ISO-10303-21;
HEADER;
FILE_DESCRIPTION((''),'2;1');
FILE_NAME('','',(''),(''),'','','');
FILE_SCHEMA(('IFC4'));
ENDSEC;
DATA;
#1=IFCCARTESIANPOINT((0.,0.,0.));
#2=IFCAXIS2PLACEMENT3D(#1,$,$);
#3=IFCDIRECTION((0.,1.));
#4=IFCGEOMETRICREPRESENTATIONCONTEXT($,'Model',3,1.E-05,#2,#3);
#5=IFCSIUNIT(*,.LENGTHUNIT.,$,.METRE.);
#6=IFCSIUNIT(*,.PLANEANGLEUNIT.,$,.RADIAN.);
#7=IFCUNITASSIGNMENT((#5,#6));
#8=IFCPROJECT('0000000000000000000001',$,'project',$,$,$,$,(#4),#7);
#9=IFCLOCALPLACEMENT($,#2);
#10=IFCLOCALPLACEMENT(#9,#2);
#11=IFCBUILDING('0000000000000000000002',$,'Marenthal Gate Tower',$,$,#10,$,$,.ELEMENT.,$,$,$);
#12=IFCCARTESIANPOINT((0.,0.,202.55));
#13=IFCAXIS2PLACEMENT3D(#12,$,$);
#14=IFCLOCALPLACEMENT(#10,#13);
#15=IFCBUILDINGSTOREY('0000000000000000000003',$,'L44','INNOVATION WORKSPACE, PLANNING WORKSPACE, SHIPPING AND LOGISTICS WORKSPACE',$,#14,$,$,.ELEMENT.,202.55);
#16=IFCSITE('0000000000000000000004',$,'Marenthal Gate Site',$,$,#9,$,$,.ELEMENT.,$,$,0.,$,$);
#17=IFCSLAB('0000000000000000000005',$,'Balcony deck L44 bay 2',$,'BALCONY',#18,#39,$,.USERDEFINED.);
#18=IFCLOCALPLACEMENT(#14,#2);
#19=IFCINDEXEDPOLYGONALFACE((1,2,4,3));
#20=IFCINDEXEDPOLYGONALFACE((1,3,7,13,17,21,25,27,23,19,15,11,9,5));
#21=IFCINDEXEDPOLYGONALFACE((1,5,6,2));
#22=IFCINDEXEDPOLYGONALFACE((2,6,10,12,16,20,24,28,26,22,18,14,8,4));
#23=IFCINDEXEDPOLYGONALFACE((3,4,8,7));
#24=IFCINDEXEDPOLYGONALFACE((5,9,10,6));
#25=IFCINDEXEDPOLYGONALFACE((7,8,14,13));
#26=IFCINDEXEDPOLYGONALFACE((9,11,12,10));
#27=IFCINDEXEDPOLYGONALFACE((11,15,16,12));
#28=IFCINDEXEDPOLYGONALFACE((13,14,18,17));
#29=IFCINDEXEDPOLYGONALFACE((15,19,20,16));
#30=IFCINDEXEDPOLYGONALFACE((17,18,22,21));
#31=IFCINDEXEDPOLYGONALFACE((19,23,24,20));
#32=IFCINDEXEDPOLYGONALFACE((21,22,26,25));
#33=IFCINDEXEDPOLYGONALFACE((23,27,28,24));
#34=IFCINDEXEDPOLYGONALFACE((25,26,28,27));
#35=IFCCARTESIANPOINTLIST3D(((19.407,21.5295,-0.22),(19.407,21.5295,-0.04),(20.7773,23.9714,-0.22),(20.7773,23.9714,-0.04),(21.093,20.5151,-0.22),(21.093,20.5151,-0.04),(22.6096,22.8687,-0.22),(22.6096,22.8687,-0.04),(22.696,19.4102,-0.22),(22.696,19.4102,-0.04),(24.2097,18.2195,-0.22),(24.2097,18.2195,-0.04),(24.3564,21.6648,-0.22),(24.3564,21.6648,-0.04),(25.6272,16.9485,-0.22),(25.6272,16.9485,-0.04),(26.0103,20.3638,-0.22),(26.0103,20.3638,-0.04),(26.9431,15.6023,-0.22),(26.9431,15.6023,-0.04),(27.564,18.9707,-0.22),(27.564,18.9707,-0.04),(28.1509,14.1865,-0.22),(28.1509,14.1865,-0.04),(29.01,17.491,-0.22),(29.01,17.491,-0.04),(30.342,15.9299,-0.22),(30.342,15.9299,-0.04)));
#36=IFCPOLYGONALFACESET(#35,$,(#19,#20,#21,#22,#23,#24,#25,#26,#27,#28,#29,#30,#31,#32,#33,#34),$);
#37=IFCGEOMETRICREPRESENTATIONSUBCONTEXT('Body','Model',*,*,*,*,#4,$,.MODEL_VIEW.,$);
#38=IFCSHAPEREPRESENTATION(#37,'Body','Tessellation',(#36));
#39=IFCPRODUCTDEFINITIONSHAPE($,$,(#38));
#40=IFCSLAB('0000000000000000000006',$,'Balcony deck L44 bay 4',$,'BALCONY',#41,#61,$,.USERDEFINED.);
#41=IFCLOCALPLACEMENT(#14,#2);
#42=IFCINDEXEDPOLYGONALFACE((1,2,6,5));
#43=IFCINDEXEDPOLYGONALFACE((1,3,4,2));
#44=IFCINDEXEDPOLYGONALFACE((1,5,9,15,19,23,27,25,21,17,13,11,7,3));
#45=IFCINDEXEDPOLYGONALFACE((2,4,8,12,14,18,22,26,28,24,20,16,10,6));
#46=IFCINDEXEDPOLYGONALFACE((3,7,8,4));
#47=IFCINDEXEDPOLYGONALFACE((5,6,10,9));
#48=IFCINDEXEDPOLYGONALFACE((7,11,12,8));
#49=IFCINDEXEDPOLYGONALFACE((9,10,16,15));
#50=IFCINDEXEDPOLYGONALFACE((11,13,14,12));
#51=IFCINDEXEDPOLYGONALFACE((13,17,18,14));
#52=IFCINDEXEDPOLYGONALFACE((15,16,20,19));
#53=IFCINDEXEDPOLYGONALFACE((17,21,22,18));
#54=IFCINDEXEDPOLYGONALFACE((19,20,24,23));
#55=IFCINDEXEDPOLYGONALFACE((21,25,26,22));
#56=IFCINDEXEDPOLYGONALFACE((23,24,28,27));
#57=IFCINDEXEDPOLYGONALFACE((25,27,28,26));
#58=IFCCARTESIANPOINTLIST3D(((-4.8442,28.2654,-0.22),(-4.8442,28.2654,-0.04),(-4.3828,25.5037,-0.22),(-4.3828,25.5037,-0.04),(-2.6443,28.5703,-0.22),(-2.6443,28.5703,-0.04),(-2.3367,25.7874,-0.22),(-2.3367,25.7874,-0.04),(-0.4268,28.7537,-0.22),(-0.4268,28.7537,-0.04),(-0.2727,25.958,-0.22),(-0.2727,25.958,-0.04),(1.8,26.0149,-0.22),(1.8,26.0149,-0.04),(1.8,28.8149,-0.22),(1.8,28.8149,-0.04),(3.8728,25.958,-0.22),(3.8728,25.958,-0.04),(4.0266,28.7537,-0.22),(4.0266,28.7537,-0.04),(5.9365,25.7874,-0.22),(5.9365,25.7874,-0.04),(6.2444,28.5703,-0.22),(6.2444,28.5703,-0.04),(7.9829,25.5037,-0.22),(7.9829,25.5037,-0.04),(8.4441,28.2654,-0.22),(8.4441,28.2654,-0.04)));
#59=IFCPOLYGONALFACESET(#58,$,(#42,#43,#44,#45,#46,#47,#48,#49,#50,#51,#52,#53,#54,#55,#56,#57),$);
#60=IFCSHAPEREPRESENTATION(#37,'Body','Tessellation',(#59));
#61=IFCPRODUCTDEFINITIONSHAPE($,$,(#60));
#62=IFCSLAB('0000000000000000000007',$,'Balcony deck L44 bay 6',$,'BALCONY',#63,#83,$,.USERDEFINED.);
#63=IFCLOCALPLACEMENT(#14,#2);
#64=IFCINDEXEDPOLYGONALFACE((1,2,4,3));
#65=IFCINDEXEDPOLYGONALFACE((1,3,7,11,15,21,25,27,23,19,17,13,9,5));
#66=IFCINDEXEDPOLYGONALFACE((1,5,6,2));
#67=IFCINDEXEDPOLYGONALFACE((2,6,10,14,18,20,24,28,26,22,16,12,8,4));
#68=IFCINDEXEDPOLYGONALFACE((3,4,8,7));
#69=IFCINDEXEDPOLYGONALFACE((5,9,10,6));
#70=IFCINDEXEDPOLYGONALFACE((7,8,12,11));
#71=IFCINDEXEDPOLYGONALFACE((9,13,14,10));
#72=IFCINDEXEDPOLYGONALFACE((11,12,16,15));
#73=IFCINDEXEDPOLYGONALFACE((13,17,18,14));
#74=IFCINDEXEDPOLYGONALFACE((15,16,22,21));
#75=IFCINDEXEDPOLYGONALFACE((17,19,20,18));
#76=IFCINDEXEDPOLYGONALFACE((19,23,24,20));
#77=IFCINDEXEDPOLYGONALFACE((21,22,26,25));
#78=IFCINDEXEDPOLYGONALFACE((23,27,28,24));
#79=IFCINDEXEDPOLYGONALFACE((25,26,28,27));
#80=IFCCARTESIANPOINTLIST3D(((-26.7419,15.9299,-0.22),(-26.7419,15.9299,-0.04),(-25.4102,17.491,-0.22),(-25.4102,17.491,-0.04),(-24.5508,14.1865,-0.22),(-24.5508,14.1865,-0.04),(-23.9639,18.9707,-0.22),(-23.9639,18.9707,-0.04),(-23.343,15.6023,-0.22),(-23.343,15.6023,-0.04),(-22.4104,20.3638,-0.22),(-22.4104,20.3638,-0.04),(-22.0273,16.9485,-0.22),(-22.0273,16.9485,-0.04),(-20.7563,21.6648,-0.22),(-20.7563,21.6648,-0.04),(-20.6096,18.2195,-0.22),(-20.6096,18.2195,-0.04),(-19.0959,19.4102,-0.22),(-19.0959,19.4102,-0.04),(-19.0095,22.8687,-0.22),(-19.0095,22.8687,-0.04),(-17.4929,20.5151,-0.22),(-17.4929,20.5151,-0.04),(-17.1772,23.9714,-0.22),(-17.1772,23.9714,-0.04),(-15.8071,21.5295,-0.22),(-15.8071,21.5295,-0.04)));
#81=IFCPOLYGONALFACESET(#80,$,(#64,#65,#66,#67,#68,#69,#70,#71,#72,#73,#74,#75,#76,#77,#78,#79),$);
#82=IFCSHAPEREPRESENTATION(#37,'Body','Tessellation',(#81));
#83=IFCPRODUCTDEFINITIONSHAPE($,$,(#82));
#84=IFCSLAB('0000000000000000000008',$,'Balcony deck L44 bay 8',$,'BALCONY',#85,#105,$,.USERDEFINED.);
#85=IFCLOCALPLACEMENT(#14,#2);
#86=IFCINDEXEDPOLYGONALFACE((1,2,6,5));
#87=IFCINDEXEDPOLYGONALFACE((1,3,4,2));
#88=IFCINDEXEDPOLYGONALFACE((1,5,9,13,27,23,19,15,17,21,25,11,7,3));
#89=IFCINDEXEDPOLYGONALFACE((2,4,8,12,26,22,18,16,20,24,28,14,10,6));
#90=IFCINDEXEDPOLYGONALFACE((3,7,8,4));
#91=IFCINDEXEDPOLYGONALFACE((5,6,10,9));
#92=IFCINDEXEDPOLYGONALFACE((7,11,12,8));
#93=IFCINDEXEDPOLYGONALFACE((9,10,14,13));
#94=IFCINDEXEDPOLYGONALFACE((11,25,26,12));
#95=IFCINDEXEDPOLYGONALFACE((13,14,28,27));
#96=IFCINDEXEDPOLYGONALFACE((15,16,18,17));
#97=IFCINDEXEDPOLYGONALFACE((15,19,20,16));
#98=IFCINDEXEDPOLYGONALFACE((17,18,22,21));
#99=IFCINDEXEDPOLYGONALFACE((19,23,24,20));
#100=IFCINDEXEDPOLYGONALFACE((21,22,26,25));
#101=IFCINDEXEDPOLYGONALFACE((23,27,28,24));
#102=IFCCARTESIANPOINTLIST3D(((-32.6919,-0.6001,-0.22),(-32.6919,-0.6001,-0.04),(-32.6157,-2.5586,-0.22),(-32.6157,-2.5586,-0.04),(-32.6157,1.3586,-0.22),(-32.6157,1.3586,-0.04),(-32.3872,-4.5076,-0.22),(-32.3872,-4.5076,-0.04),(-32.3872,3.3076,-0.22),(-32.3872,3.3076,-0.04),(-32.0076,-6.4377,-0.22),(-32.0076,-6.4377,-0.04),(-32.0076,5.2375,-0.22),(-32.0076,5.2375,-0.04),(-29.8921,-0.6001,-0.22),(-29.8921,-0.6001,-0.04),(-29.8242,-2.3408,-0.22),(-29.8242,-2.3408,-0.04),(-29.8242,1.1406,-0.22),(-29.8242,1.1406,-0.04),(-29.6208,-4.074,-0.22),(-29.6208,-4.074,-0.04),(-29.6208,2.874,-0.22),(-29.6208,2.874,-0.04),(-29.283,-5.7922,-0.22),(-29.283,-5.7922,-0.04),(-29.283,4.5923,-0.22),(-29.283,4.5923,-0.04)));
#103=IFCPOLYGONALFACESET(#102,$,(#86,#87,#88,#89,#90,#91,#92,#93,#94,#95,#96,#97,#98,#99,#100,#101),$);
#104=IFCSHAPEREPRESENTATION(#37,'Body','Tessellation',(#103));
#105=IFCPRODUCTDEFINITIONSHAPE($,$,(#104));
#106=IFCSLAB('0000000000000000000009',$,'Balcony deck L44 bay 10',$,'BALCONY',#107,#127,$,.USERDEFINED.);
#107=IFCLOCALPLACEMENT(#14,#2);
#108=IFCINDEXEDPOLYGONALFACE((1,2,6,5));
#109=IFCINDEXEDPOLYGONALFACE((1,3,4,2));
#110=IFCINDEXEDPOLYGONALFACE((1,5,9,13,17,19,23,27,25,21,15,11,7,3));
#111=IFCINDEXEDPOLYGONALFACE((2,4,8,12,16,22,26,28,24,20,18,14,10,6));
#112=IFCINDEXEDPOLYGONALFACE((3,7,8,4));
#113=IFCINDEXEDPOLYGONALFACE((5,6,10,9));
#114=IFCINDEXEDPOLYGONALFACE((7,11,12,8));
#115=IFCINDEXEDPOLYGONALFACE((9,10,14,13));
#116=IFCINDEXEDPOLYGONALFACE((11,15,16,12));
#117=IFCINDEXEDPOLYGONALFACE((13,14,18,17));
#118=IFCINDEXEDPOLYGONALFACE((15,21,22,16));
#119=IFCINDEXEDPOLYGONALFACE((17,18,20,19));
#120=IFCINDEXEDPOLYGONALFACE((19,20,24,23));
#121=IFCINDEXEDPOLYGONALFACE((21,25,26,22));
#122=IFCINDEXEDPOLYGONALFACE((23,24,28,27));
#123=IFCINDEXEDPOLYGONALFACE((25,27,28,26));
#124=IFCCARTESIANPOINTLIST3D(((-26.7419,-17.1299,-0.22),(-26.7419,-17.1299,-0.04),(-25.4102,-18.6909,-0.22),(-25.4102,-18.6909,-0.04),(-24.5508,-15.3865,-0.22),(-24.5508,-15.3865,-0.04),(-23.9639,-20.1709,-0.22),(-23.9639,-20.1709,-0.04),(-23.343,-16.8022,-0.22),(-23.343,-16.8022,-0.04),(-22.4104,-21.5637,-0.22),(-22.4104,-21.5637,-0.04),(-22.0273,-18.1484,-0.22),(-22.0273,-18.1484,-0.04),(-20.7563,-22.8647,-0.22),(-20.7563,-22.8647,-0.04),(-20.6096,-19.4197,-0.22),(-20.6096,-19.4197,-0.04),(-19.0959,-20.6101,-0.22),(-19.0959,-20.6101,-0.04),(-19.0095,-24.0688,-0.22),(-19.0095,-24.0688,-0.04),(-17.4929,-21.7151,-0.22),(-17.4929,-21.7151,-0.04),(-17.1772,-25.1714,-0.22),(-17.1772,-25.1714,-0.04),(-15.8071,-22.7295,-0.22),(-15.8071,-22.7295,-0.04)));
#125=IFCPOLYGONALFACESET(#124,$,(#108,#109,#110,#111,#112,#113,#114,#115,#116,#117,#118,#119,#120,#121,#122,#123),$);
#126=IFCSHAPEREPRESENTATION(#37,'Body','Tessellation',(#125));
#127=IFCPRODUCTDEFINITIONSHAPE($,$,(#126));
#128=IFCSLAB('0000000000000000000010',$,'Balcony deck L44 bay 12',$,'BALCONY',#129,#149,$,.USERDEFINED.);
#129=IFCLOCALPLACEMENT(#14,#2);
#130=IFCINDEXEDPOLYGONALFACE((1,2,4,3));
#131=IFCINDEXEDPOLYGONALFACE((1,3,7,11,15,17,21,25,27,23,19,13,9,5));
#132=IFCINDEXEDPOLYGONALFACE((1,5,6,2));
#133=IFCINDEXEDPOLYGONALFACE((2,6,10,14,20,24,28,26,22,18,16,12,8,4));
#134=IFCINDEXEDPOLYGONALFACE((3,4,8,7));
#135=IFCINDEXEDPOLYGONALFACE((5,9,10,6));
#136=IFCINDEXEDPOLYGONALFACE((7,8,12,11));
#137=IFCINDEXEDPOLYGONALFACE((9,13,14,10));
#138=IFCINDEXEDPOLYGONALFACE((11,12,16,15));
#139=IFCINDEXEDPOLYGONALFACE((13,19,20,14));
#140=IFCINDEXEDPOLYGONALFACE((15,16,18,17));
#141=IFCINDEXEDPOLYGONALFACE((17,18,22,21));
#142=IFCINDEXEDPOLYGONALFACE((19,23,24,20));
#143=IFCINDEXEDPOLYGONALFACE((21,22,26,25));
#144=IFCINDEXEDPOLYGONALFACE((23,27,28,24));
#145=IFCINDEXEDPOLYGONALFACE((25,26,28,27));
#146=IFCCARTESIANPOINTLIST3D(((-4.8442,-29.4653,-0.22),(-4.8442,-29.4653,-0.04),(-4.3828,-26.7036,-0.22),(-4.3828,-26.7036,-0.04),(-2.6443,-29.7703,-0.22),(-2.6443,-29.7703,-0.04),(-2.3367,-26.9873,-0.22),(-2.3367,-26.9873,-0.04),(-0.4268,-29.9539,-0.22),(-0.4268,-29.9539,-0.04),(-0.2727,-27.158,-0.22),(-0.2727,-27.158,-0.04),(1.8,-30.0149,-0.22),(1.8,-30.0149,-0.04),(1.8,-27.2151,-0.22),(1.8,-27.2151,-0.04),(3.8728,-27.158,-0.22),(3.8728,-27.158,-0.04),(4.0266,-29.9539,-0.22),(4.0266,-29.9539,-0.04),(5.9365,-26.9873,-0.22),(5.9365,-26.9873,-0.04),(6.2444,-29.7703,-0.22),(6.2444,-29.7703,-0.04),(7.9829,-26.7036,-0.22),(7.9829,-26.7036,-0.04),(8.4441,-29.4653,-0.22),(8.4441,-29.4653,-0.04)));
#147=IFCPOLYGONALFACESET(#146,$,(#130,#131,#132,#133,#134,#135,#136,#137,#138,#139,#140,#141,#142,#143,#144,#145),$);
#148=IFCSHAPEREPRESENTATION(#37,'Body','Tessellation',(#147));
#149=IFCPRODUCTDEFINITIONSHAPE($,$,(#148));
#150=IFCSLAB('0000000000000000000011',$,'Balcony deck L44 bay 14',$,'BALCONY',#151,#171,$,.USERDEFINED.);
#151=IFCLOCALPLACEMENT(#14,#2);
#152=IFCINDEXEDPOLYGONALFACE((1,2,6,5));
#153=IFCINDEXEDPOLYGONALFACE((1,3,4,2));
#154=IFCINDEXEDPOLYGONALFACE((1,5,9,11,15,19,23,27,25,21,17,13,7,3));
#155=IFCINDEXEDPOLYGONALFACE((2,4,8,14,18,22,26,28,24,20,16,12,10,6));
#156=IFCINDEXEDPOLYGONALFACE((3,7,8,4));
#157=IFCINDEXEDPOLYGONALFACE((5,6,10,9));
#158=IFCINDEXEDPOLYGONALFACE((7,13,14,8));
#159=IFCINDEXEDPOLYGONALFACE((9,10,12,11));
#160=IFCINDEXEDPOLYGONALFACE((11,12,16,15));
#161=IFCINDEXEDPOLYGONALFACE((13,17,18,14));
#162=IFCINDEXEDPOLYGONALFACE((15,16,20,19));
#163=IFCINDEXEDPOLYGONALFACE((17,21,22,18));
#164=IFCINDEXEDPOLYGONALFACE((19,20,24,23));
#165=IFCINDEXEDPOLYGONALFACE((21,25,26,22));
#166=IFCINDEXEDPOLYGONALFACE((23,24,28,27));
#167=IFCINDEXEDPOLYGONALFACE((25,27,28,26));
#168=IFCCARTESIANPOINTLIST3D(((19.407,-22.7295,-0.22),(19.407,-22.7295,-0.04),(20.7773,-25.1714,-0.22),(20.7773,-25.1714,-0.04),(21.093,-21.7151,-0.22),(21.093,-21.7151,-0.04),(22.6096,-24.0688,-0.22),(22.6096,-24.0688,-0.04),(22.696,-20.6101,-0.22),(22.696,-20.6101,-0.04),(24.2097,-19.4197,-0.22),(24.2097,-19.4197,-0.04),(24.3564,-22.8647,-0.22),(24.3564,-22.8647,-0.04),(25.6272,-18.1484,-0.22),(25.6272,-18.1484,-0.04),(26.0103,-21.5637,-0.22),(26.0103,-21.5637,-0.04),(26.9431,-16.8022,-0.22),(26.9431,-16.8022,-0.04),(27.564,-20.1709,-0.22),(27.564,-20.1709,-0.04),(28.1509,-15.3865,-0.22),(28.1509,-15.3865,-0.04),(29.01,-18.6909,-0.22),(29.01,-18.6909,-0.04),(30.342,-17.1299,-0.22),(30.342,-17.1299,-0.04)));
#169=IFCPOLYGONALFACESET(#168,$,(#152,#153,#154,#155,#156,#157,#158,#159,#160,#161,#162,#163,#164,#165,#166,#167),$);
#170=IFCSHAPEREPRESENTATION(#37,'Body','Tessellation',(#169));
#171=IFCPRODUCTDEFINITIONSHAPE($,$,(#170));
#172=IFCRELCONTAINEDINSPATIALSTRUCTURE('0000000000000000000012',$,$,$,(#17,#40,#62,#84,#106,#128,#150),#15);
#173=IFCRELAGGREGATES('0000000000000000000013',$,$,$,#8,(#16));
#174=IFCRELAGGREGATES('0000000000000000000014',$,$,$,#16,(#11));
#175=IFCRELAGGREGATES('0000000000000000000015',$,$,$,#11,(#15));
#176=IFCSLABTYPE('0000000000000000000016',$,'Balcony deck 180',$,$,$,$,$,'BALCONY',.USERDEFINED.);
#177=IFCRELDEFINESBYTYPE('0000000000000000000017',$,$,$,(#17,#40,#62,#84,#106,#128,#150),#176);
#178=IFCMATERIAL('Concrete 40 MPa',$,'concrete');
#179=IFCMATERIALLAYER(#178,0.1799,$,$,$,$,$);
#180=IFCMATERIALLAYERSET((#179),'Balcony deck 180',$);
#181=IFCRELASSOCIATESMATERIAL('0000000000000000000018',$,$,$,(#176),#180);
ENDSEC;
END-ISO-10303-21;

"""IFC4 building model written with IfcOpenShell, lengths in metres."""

from ifc_helpers import new_model, si_unit, direction, frame, origin, place, context, subcontext, project, spatial, polyline, outline, extrude, material, layer, layer_set, type_object, element, save


model = new_model("IFC4")

# Units and contexts
model_context = context("Model", 3, precision=1e-05, world=origin(), true_north=direction((0.0, 1.0)))
body_context = subcontext(model_context, "Body", "Model", "MODEL_VIEW")
ifc_project = project(units=[si_unit("LENGTHUNIT", "METRE"), si_unit("PLANEANGLEUNIT", "RADIAN")], contexts=[model_context])

# Site, building, storey
site_placement = place(None, origin())
site = spatial("IfcSite", under=ifc_project, at=site_placement, Name="Marenthal Gate Site", CompositionType="ELEMENT", RefElevation=0.0)
building_placement = place(site_placement, origin())
building = spatial("IfcBuilding", under=site, at=building_placement, Name="Marenthal Gate Tower", CompositionType="ELEMENT")
storey_placement = place(building_placement, frame((0.0, 0.0, 202.55)))
storey = spatial("IfcBuildingStorey", under=building, at=storey_placement, Name="L44", Description="INNOVATION WORKSPACE, PLANNING WORKSPACE, SHIPPING AND LOGISTICS WORKSPACE", CompositionType="ELEMENT", Elevation=202.55)

# Slabs
ifc_material_1 = material(Name="Concrete 40 MPa", Category="concrete")
ifc_layer_1 = layer(ifc_material_1, 0.1799)
ifc_layer_set_1 = layer_set([ifc_layer_1], Name="Balcony deck 180")
slab_type = type_object("IfcSlabType", Name="Balcony deck 180", ElementType="BALCONY", PredefinedType="USERDEFINED", material=ifc_layer_set_1)
slab_1_placement = place(storey_placement, frame((0.0, 0.0, -0.22)))
element("IfcSlab", 1, at=slab_1_placement, inside=storey, type_object=slab_type, Name="Balcony deck L44 bay 2", ObjectType="BALCONY", PredefinedType="USERDEFINED", context=body_context, shape_type="SweptSolid", body=[
    extrude(outline(polyline([(28.1509, 14.1865), (26.9431, 15.6023), (25.6272, 16.9485), (24.2097, 18.2195), (22.696, 19.4102), (21.093, 20.5151), (19.407, 21.5295), (20.7773, 23.9714), (22.6096, 22.8687), (24.3564, 21.6648), (26.0103, 20.3638), (27.564, 18.9707), (29.01, 17.491), (30.342, 15.9299), (28.1509, 14.1865)])), origin(), (0.0, 0.0, 1.0), 0.1799),
])
slab_2_placement = place(storey_placement, frame((0.0, 0.0, -0.22)))
element("IfcSlab", 2, at=slab_2_placement, inside=storey, type_object=slab_type, Name="Balcony deck L44 bay 4", ObjectType="BALCONY", PredefinedType="USERDEFINED", context=body_context, shape_type="SweptSolid", body=[
    extrude(outline(polyline([(7.9829, 25.5037), (5.9365, 25.7874), (3.8728, 25.958), (1.8, 26.0149), (-0.2727, 25.958), (-2.3367, 25.7874), (-4.3828, 25.5037), (-4.8442, 28.2654), (-2.6443, 28.5703), (-0.4268, 28.7537), (1.8, 28.8149), (4.0266, 28.7537), (6.2444, 28.5703), (8.4441, 28.2654), (7.9829, 25.5037)])), origin(), (0.0, 0.0, 1.0), 0.1799),
])
slab_3_placement = place(storey_placement, frame((0.0, 0.0, -0.22)))
element("IfcSlab", 3, at=slab_3_placement, inside=storey, type_object=slab_type, Name="Balcony deck L44 bay 6", ObjectType="BALCONY", PredefinedType="USERDEFINED", context=body_context, shape_type="SweptSolid", body=[
    extrude(outline(polyline([(-15.8071, 21.5295), (-17.4929, 20.5151), (-19.0959, 19.4102), (-20.6096, 18.2195), (-22.0273, 16.9485), (-23.343, 15.6023), (-24.5508, 14.1865), (-26.7419, 15.9299), (-25.4102, 17.491), (-23.9639, 18.9707), (-22.4104, 20.3638), (-20.7563, 21.6648), (-19.0095, 22.8687), (-17.1772, 23.9714), (-15.8071, 21.5295)])), origin(), (0.0, 0.0, 1.0), 0.1799),
])
slab_4_placement = place(storey_placement, frame((0.0, 0.0, -0.22)))
element("IfcSlab", 4, at=slab_4_placement, inside=storey, type_object=slab_type, Name="Balcony deck L44 bay 8", ObjectType="BALCONY", PredefinedType="USERDEFINED", context=body_context, shape_type="SweptSolid", body=[
    extrude(outline(polyline([(-29.283, 4.5923), (-29.6208, 2.874), (-29.8242, 1.1406), (-29.8921, -0.6001), (-29.8242, -2.3408), (-29.6208, -4.074), (-29.283, -5.7922), (-32.0076, -6.4377), (-32.3872, -4.5076), (-32.6157, -2.5586), (-32.6919, -0.6001), (-32.6157, 1.3586), (-32.3872, 3.3076), (-32.0076, 5.2375), (-29.283, 4.5923)])), origin(), (0.0, 0.0, 1.0), 0.1799),
])
slab_5_placement = place(storey_placement, frame((0.0, 0.0, -0.22)))
element("IfcSlab", 5, at=slab_5_placement, inside=storey, type_object=slab_type, Name="Balcony deck L44 bay 10", ObjectType="BALCONY", PredefinedType="USERDEFINED", context=body_context, shape_type="SweptSolid", body=[
    extrude(outline(polyline([(-24.5508, -15.3865), (-23.343, -16.8022), (-22.0273, -18.1484), (-20.6096, -19.4197), (-19.0959, -20.6101), (-17.4929, -21.7151), (-15.8071, -22.7295), (-17.1772, -25.1714), (-19.0095, -24.0688), (-20.7563, -22.8647), (-22.4104, -21.5637), (-23.9639, -20.1709), (-25.4102, -18.6909), (-26.7419, -17.1299), (-24.5508, -15.3865)])), origin(), (0.0, 0.0, 1.0), 0.1799),
])
slab_6_placement = place(storey_placement, frame((0.0, 0.0, -0.22)))
element("IfcSlab", 6, at=slab_6_placement, inside=storey, type_object=slab_type, Name="Balcony deck L44 bay 12", ObjectType="BALCONY", PredefinedType="USERDEFINED", context=body_context, shape_type="SweptSolid", body=[
    extrude(outline(polyline([(-4.3828, -26.7036), (-2.3367, -26.9873), (-0.2727, -27.158), (1.8, -27.2151), (3.8728, -27.158), (5.9365, -26.9873), (7.9829, -26.7036), (8.4441, -29.4653), (6.2444, -29.7703), (4.0266, -29.9539), (1.8, -30.0149), (-0.4268, -29.9539), (-2.6443, -29.7703), (-4.8442, -29.4653), (-4.3828, -26.7036)])), origin(), (0.0, 0.0, 1.0), 0.1799),
])
slab_7_placement = place(storey_placement, frame((0.0, 0.0, -0.22)))
element("IfcSlab", 7, at=slab_7_placement, inside=storey, type_object=slab_type, Name="Balcony deck L44 bay 14", ObjectType="BALCONY", PredefinedType="USERDEFINED", context=body_context, shape_type="SweptSolid", body=[
    extrude(outline(polyline([(19.407, -22.7295), (21.093, -21.7151), (22.696, -20.6101), (24.2097, -19.4197), (25.6272, -18.1484), (26.9431, -16.8022), (28.1509, -15.3865), (30.342, -17.1299), (29.01, -18.6909), (27.564, -20.1709), (26.0103, -21.5637), (24.3564, -22.8647), (22.6096, -24.0688), (20.7773, -25.1714), (19.407, -22.7295)])), origin(), (0.0, 0.0, 1.0), 0.1799),
])

save(model, "model.ifc")
